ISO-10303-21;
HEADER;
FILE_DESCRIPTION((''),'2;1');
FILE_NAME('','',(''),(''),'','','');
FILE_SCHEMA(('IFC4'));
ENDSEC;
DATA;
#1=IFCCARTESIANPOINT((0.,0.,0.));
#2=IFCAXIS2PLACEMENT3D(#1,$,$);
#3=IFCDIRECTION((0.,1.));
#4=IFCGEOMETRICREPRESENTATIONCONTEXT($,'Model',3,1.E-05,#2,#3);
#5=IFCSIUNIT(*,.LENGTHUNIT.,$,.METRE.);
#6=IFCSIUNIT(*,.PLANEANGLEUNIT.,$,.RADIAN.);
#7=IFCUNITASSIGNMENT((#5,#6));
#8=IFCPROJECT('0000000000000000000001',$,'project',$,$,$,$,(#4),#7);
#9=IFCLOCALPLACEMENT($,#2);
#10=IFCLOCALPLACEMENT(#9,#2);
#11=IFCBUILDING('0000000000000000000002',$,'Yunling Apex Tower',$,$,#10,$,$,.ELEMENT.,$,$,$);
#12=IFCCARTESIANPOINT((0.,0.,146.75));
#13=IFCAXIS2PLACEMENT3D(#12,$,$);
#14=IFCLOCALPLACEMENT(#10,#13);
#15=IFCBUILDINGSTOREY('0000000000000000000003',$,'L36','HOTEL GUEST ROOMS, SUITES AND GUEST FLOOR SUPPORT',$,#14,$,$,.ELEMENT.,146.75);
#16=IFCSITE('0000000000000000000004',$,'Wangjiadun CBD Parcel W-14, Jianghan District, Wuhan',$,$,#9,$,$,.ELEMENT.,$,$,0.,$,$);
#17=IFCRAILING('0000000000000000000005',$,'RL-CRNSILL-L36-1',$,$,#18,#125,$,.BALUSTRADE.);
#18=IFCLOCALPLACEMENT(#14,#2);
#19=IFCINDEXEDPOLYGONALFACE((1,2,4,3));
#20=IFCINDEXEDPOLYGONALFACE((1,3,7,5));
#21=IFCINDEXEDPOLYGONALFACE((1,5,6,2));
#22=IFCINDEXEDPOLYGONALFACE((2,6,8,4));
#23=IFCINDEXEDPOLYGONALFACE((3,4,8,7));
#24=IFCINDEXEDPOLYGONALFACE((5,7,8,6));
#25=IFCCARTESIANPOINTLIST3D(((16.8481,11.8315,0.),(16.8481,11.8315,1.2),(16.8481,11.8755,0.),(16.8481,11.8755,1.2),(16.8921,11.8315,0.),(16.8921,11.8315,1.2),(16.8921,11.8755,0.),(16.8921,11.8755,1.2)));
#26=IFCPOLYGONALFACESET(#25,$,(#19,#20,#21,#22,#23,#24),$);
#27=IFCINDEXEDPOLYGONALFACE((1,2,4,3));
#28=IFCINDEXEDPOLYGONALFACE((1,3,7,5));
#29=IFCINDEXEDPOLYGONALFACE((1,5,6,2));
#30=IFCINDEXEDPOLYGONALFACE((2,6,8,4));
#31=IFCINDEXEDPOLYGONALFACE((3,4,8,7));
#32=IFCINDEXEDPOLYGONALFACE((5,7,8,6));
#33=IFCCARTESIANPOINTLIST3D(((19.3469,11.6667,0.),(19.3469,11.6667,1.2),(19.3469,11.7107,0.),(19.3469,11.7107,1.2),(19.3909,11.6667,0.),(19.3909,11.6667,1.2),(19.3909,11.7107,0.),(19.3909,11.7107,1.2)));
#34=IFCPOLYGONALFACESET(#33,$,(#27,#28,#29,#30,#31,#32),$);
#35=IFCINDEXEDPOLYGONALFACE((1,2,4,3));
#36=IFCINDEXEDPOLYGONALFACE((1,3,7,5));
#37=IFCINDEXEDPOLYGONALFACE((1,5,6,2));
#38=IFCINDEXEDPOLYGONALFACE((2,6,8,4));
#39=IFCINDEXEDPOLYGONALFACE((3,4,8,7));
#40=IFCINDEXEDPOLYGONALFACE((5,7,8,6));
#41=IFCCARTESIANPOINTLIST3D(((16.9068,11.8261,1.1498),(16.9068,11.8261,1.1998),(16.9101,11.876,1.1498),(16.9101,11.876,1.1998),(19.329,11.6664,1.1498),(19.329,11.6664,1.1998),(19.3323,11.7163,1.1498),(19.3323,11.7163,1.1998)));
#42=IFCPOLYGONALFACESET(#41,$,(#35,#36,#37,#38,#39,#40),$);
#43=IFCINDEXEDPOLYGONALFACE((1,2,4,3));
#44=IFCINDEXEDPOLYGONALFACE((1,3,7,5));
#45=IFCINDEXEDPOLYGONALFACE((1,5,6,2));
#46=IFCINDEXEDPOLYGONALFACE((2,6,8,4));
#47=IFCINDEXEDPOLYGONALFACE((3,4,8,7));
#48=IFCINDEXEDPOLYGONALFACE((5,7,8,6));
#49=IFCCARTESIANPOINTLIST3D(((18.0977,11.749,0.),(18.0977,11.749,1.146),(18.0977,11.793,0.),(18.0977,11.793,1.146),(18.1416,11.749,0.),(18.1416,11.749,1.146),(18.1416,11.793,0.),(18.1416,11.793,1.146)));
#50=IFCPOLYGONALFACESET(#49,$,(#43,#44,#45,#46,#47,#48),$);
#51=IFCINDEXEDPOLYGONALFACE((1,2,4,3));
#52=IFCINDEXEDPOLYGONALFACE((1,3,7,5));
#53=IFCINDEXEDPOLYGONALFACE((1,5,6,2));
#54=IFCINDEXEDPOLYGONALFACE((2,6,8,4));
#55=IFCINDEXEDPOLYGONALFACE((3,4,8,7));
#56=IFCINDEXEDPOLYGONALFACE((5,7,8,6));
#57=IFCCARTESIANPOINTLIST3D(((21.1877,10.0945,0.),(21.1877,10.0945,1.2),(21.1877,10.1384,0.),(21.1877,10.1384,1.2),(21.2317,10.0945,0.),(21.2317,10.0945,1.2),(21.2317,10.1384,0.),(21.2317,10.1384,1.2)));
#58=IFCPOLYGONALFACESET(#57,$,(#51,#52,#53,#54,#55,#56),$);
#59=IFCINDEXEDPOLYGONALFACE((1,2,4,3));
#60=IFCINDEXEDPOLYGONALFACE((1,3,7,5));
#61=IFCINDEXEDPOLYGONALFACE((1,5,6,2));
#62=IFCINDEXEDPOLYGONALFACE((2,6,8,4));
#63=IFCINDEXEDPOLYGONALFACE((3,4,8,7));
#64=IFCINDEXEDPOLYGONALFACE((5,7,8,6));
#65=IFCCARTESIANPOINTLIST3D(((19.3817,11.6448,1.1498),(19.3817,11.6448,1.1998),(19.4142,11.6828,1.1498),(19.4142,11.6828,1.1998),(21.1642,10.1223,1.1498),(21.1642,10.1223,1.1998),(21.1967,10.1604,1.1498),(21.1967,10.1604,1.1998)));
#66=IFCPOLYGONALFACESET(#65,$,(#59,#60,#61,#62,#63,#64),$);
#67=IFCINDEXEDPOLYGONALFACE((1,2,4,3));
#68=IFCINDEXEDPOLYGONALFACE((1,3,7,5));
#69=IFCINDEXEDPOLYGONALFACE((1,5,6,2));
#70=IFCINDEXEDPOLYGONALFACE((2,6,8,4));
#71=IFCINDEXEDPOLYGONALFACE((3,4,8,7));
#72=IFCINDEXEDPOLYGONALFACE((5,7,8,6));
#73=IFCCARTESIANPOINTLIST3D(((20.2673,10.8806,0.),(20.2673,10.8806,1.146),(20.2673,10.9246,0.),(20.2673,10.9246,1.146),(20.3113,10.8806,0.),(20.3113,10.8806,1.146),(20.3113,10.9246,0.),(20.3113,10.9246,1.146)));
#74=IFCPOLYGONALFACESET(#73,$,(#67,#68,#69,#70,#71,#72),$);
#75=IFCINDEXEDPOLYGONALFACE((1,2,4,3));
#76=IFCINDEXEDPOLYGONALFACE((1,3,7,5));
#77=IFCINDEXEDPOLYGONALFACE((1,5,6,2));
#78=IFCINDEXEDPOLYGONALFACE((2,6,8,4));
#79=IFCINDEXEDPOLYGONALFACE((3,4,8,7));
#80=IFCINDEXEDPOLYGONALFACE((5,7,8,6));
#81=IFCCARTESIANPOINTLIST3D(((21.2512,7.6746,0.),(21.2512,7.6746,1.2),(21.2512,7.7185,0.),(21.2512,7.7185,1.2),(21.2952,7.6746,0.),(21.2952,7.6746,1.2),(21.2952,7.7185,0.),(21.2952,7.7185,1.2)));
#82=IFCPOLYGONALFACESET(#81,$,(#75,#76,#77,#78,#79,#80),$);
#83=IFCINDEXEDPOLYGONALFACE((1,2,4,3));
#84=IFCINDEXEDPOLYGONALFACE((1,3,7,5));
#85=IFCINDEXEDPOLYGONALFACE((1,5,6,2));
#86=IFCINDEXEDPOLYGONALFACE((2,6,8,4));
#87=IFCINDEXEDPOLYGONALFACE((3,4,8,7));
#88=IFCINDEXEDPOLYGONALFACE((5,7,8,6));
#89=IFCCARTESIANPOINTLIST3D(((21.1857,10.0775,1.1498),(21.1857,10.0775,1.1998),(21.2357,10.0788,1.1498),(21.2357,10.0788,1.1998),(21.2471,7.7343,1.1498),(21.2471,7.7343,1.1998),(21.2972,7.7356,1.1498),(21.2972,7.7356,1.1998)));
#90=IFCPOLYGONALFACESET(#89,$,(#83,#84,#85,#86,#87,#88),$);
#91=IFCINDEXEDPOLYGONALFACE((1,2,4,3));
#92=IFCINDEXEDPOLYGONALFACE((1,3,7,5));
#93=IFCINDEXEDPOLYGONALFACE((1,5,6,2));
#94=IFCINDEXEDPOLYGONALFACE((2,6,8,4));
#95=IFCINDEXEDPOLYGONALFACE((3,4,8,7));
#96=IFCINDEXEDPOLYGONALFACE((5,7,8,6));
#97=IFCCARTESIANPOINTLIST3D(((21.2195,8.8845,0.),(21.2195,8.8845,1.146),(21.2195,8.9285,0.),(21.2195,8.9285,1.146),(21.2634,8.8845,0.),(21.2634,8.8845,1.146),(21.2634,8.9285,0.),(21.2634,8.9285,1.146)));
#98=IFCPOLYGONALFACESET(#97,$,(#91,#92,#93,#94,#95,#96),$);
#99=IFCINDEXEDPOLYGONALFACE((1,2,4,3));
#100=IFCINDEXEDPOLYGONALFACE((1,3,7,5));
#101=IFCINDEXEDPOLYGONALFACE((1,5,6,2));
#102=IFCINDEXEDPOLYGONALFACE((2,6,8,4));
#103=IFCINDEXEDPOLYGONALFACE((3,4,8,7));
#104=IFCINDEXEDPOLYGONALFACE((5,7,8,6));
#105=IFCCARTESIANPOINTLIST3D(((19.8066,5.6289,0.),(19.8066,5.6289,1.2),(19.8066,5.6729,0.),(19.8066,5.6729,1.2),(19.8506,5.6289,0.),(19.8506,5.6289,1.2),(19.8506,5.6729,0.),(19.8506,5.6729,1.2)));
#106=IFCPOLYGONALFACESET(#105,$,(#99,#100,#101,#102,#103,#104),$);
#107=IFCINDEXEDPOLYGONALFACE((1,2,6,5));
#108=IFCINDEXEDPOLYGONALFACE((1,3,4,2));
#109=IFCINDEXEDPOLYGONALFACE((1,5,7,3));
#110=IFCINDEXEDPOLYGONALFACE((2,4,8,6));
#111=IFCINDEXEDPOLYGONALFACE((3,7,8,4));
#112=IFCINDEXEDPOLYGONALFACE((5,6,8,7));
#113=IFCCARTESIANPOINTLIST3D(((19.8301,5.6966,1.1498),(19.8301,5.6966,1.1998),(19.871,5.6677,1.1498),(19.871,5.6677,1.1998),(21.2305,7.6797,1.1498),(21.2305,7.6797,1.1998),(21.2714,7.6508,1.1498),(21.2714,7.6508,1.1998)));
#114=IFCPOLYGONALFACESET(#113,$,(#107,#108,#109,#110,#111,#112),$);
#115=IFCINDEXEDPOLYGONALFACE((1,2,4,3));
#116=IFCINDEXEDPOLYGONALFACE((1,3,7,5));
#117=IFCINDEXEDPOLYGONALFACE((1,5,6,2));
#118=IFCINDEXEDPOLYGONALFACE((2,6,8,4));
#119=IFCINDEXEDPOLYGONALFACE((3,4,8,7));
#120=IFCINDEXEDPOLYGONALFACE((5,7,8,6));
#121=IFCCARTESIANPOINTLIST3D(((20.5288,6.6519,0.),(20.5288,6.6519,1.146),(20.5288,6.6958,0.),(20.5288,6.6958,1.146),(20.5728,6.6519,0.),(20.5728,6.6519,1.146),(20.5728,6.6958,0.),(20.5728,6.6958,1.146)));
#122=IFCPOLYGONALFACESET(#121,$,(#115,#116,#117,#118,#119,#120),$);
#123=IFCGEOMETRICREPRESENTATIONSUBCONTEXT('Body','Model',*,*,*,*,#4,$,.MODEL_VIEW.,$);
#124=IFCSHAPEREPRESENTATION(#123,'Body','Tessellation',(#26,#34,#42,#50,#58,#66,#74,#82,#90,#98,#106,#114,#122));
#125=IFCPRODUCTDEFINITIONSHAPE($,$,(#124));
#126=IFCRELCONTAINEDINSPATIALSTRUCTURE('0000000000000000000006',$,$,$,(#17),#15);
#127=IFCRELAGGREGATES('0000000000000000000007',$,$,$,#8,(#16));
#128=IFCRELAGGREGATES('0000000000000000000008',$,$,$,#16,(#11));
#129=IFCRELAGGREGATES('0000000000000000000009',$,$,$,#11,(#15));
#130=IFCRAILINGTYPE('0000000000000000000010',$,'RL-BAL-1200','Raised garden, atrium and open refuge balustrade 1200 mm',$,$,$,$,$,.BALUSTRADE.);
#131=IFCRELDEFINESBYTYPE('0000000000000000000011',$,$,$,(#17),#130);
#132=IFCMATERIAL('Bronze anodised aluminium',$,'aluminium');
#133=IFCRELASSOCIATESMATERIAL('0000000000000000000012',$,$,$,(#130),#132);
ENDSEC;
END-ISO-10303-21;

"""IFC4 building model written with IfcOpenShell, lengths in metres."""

from ifc_helpers import new_model, si_unit, direction, frame, origin, origin_2d, place, context, subcontext, project, spatial, rectangle, extrude, material, type_object, element, save


model = new_model("IFC4")

# Units and contexts
model_context = context("Model", 3, precision=1e-05, world=origin(), true_north=direction((0.0, 1.0)))
body_context = subcontext(model_context, "Body", "Model", "MODEL_VIEW")
ifc_project = project(units=[si_unit("LENGTHUNIT", "METRE"), si_unit("PLANEANGLEUNIT", "RADIAN")], contexts=[model_context])

# Site, building, storey
site_placement = place(None, origin())
site = spatial("IfcSite", under=ifc_project, at=site_placement, Name="Wangjiadun CBD Parcel W-14, Jianghan District, Wuhan", CompositionType="ELEMENT", RefElevation=0.0)
building_placement = place(site_placement, origin())
building = spatial("IfcBuilding", under=site, at=building_placement, Name="Yunling Apex Tower", CompositionType="ELEMENT")
storey_placement = place(building_placement, frame((0.0, 0.0, 146.75)))
storey = spatial("IfcBuildingStorey", under=building, at=storey_placement, Name="L36", Description="HOTEL GUEST ROOMS, SUITES AND GUEST FLOOR SUPPORT", CompositionType="ELEMENT", Elevation=146.75)

# Shared definitions
ifc_material_1 = material(Name="Bronze anodised aluminium", Category="aluminium")

# Railing
railing_type = type_object("IfcRailingType", Name="RL-BAL-1200", Description="Raised garden, atrium and open refuge balustrade 1200 mm", PredefinedType="BALUSTRADE", material=ifc_material_1)
railing_1_placement = place(storey_placement, frame((16.8701, 11.8535, 0.0)))
element("IfcRailing", 1, at=railing_1_placement, inside=storey, type_object=railing_type, Name="RL-CRNSILL-L36-1", PredefinedType="BALUSTRADE", context=body_context, shape_type="SweptSolid", body=[
    extrude(rectangle(XDim=0.0439, YDim=0.0439, at=origin_2d()), origin(), (0.0, 0.0, 1.0), 1.2),
    extrude(rectangle(XDim=0.0439, YDim=0.0439, at=origin_2d()), frame((2.4988, -0.1648, 0.0)), (0.0, 0.0, 1.0), 1.2),
    extrude(rectangle(XDim=0.05, YDim=0.05, at=origin_2d()), frame((0.0383, -0.0024, 1.1748), z_axis=(0.997832, -0.065807, 0.0), x_axis=(0.065807, 0.997832, 0.0)), (0.0, 0.0, 1.0), 2.4275),
    extrude(rectangle(XDim=0.0439, YDim=0.0439, at=origin_2d()), frame((1.2495, -0.0825, 0.0)), (0.0, 0.0, 1.0), 1.146),
    extrude(rectangle(XDim=0.0439, YDim=0.0439, at=origin_2d()), frame((4.3396, -1.7371, 0.0)), (0.0, 0.0, 1.0), 1.2),
    extrude(rectangle(XDim=0.05, YDim=0.05, at=origin_2d()), frame((2.5278, -0.1897, 1.1748), z_axis=(0.760394, -0.649462, 0.0), x_axis=(0.649462, 0.760394, 0.0)), (0.0, 0.0, 1.0), 2.3442),
    extrude(rectangle(XDim=0.0439, YDim=0.0439, at=origin_2d()), frame((3.4192, -0.9509, 0.0)), (0.0, 0.0, 1.0), 1.146),
    extrude(rectangle(XDim=0.0439, YDim=0.0439, at=origin_2d()), frame((4.4031, -4.157, 0.0)), (0.0, 0.0, 1.0), 1.2),
    extrude(rectangle(XDim=0.05, YDim=0.05, at=origin_2d()), frame((4.3406, -1.7754, 1.1748), z_axis=(0.026222, -0.999656, 0.0), x_axis=(0.999656, 0.026222, 0.0)), (0.0, 0.0, 1.0), 2.344),
    extrude(rectangle(XDim=0.0439, YDim=0.0439, at=origin_2d()), frame((4.3713, -2.947, 0.0)), (0.0, 0.0, 1.0), 1.146),
    extrude(rectangle(XDim=0.0439, YDim=0.0439, at=origin_2d()), frame((2.9585, -6.2026, 0.0)), (0.0, 0.0, 1.0), 1.2),
    extrude(rectangle(XDim=0.05, YDim=0.05, at=origin_2d()), frame((4.3809, -4.1882, 1.1748), z_axis=(-0.57684, -0.816857, 0.0), x_axis=(0.816857, -0.57684, 0.0)), (0.0, 0.0, 1.0), 2.4277),
    extrude(rectangle(XDim=0.0439, YDim=0.0439, at=origin_2d()), frame((3.6807, -5.1797, 0.0)), (0.0, 0.0, 1.0), 1.146),
])

save(model, "model.ifc")
